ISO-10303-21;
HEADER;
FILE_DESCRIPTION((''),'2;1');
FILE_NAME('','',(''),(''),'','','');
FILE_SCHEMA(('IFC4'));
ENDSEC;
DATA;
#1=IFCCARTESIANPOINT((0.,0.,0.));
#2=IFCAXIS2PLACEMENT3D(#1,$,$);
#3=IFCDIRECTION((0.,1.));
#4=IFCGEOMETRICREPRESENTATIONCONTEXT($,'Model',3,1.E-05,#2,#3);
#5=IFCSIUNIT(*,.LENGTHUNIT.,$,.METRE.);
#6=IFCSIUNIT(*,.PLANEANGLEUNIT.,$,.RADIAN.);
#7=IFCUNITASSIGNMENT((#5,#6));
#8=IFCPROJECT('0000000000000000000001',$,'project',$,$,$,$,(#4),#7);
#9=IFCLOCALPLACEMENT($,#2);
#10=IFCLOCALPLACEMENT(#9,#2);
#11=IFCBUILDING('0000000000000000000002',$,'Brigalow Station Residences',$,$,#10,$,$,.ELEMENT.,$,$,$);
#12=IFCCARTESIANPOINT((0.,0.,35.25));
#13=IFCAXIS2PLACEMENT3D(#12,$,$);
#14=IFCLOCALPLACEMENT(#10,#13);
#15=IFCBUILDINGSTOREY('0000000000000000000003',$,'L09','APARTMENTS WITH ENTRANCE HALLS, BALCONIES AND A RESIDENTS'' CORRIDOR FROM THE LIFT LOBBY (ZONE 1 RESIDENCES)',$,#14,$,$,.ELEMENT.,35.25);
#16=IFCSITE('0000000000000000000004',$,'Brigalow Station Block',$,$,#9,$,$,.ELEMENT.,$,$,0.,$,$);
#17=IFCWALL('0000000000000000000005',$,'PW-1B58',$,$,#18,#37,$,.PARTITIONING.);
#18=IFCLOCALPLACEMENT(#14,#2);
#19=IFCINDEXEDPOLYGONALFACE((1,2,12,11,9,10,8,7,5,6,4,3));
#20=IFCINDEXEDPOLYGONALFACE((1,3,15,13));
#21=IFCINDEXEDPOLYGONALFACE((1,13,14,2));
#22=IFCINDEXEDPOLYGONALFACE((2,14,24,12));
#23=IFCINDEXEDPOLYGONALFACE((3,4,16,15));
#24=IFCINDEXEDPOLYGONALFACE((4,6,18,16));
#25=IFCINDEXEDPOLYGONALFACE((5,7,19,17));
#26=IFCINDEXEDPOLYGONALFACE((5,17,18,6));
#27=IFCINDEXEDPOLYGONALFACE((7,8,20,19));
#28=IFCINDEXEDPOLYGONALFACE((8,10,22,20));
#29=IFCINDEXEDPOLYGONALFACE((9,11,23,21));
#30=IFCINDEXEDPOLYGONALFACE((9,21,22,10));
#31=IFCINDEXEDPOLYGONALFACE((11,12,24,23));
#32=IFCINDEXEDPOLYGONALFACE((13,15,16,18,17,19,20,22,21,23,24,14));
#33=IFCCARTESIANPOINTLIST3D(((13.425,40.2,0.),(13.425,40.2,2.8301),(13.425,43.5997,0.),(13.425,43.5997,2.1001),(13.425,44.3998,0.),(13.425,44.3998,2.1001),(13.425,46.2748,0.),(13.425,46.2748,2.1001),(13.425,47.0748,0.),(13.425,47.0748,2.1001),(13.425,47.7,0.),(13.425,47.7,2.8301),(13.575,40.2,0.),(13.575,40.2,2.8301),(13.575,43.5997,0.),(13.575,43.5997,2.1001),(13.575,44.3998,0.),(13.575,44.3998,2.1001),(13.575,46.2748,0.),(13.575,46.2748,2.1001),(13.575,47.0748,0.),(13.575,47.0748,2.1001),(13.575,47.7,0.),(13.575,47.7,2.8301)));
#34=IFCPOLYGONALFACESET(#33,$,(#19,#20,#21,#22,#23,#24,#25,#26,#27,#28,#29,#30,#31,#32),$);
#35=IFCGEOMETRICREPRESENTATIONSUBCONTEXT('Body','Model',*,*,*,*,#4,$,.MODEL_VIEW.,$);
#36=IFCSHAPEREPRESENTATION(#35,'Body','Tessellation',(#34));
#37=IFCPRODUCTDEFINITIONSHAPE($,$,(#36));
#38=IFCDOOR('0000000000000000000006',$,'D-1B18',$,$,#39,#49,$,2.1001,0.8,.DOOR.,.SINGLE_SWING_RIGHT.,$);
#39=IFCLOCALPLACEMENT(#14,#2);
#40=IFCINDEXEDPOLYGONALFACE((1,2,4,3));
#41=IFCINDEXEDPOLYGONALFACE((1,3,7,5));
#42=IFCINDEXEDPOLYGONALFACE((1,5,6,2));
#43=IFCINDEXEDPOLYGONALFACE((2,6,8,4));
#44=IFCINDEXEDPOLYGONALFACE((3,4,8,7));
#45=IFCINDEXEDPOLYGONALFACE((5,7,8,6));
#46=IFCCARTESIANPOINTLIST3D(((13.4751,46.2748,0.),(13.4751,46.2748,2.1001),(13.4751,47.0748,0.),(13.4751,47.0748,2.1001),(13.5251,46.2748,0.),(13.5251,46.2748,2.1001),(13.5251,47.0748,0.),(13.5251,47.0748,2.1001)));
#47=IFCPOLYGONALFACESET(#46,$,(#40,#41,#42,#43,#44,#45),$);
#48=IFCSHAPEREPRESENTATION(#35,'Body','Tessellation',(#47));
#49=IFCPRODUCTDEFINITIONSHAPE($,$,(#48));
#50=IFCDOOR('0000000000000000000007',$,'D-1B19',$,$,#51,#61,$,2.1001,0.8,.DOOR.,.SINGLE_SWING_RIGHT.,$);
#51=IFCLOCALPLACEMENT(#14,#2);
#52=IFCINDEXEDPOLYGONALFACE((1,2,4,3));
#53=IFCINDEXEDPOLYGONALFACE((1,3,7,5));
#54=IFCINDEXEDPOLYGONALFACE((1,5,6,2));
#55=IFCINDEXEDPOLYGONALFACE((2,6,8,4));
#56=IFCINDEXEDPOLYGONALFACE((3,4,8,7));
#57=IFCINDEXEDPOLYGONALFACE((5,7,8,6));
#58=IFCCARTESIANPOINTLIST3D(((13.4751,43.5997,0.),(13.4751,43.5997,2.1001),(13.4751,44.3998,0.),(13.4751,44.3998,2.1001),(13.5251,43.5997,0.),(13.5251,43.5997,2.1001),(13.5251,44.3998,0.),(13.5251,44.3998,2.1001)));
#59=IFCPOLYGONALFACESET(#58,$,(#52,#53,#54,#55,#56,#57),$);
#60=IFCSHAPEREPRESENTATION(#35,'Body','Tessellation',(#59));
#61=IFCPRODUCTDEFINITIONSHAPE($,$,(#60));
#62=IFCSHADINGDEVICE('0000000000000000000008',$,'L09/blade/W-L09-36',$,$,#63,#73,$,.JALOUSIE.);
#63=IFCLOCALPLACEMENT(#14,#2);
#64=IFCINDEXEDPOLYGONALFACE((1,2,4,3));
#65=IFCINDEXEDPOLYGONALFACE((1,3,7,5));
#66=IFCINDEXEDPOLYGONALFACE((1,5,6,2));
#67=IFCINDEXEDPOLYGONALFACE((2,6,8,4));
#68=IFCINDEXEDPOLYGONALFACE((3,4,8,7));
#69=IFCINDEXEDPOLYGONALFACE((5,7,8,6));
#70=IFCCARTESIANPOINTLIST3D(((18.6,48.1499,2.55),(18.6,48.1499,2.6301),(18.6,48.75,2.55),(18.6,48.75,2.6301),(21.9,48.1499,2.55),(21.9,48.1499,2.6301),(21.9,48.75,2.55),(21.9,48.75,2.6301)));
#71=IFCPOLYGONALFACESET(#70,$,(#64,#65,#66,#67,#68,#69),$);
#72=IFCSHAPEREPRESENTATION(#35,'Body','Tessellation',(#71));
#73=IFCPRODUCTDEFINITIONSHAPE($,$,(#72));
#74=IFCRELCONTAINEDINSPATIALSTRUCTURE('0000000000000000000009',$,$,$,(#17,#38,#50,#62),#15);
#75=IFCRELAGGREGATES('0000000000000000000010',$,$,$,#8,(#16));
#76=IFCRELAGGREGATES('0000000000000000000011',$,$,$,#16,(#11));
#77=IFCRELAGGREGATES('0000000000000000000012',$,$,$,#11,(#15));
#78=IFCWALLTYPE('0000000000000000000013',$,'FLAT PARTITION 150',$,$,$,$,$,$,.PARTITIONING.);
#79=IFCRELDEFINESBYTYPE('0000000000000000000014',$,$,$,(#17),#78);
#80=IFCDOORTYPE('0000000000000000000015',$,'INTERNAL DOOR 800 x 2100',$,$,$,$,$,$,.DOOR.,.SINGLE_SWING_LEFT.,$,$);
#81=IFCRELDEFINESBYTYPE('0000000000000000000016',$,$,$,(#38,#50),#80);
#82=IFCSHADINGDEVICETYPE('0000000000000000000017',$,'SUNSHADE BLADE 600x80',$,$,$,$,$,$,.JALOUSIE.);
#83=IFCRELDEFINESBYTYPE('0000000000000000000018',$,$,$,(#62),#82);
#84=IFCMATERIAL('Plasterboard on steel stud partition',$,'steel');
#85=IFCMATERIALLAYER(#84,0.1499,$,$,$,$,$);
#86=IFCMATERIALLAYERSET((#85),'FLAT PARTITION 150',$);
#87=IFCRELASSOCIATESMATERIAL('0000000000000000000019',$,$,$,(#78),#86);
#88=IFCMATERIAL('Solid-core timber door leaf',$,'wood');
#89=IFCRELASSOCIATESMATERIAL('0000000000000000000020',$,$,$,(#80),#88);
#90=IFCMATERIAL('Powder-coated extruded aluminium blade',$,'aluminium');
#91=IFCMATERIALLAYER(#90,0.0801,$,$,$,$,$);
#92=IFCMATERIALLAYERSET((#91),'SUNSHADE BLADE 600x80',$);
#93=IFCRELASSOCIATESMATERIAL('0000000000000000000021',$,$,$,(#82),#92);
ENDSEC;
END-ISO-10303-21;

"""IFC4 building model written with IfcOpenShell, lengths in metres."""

from ifc_helpers import new_model, si_unit, direction, frame, frame_2d, origin, origin_2d, place, context, subcontext, project, spatial, rectangle, extrude, material, layer, layer_set, type_object, element, fill, save


model = new_model("IFC4")

# Units and contexts
model_context = context("Model", 3, precision=1e-05, world=origin(), true_north=direction((0.0, 1.0)))
body_context = subcontext(model_context, "Body", "Model", "MODEL_VIEW")
ifc_project = project(units=[si_unit("LENGTHUNIT", "METRE"), si_unit("PLANEANGLEUNIT", "RADIAN")], contexts=[model_context])

# Site, building, storey
site_placement = place(None, origin())
site = spatial("IfcSite", under=ifc_project, at=site_placement, Name="Brigalow Station Block", CompositionType="ELEMENT", RefElevation=0.0)
building_placement = place(site_placement, origin())
building = spatial("IfcBuilding", under=site, at=building_placement, Name="Brigalow Station Residences", CompositionType="ELEMENT")
storey_placement = place(building_placement, frame((0.0, 0.0, 35.25)))
storey = spatial("IfcBuildingStorey", under=building, at=storey_placement, Name="L09", Description="APARTMENTS WITH ENTRANCE HALLS, BALCONIES AND A RESIDENTS' CORRIDOR FROM THE LIFT LOBBY (ZONE 1 RESIDENCES)", CompositionType="ELEMENT", Elevation=35.25)

# Shared definitions
ifc_material_1 = material(Name="Plasterboard on steel stud partition", Category="steel")
ifc_layer_1 = layer(ifc_material_1, 0.1499)
ifc_layer_set_1 = layer_set([ifc_layer_1], Name="FLAT PARTITION 150")
wall_type_1 = type_object("IfcWallType", Name="FLAT PARTITION 150", PredefinedType="PARTITIONING", material=ifc_layer_set_1)

# Wall, openings, doors
wall_1_placement = place(storey_placement, frame((13.5, 40.2, 0.0), z_axis=(0.0, 0.0, 1.0), x_axis=(0.0, 1.0, 0.0)))
wall_1 = element("IfcWall", 1, at=wall_1_placement, inside=storey, type_object=wall_type_1, Name="PW-1B58", PredefinedType="PARTITIONING", context=body_context, shape_type="SweptSolid", body=[
    extrude(rectangle(XDim=7.5, YDim=0.1499, at=frame_2d((3.75, 0.0))), origin(), (0.0, 0.0, 1.0), 2.8301),
])
opening_1_placement = place(wall_1_placement, frame((6.075, 0.0, 0.0)))
opening_1 = element("IfcOpeningElement", 2, at=opening_1_placement, cuts=wall_1, PredefinedType="OPENING", context=body_context, shape_type="SweptSolid", body=[
    extrude(rectangle(XDim=0.8, YDim=2.1001, at=frame_2d((0.3999, 1.05))), frame((0.0, 0.085, 0.0), z_axis=(0.0, -1.0, 0.0), x_axis=(1.0, 0.0, 0.0)), (0.0, 0.0, 1.0), 0.1699),
])
opening_2_placement = place(wall_1_placement, frame((3.3999, 0.0, 0.0)))
opening_2 = element("IfcOpeningElement", 3, at=opening_2_placement, cuts=wall_1, PredefinedType="OPENING", context=body_context, shape_type="SweptSolid", body=[
    extrude(rectangle(XDim=0.8, YDim=2.1001, at=frame_2d((0.3999, 1.05))), frame((0.0, 0.085, 0.0), z_axis=(0.0, -1.0, 0.0), x_axis=(1.0, 0.0, 0.0)), (0.0, 0.0, 1.0), 0.1699),
])
ifc_material_2 = material(Name="Solid-core timber door leaf", Category="wood")
door_type_1 = type_object("IfcDoorType", Name="INTERNAL DOOR 800 x 2100", OperationType="SINGLE_SWING_LEFT", PredefinedType="DOOR", material=ifc_material_2)
door_1_placement = place(opening_1_placement, origin())
door_1 = element("IfcDoor", 4, at=door_1_placement, inside=storey, type_object=door_type_1, Name="D-1B18", OperationType="SINGLE_SWING_RIGHT", OverallHeight=2.1001, OverallWidth=0.8, PredefinedType="DOOR", context=body_context, shape_type="SweptSolid", body=[
    extrude(rectangle(XDim=0.8, YDim=2.1001, at=frame_2d((0.3999, 1.05))), frame((0.0, 0.0249, 0.0), z_axis=(0.0, -1.0, 0.0), x_axis=(1.0, 0.0, 0.0)), (0.0, 0.0, 1.0), 0.05),
])
fill(opening_1, door_1)
door_2_placement = place(opening_2_placement, origin())
door_2 = element("IfcDoor", 5, at=door_2_placement, inside=storey, type_object=door_type_1, Name="D-1B19", OperationType="SINGLE_SWING_RIGHT", OverallHeight=2.1001, OverallWidth=0.8, PredefinedType="DOOR", context=body_context, shape_type="SweptSolid", body=[
    extrude(rectangle(XDim=0.8, YDim=2.1001, at=frame_2d((0.3999, 1.05))), frame((0.0, 0.0249, 0.0), z_axis=(0.0, -1.0, 0.0), x_axis=(1.0, 0.0, 0.0)), (0.0, 0.0, 1.0), 0.05),
])
fill(opening_2, door_2)

# Shading device
ifc_material_3 = material(Name="Powder-coated extruded aluminium blade", Category="aluminium")
ifc_layer_2 = layer(ifc_material_3, 0.0801)
ifc_layer_set_2 = layer_set([ifc_layer_2], Name="SUNSHADE BLADE 600x80")
shading_device_type = type_object("IfcShadingDeviceType", Name="SUNSHADE BLADE 600x80", PredefinedType="JALOUSIE", material=ifc_layer_set_2)
shading_device_placement = place(storey_placement, frame((20.25, 48.45, 2.55), z_axis=(0.0, 0.0, 1.0), x_axis=(-1.0, 0.0, 0.0)))
element("IfcShadingDevice", 6, at=shading_device_placement, inside=storey, type_object=shading_device_type, Name="L09/blade/W-L09-36", PredefinedType="JALOUSIE", context=body_context, shape_type="SweptSolid", body=[
    extrude(rectangle(XDim=3.3, YDim=0.6001, at=origin_2d()), origin(), (0.0, 0.0, 1.0), 0.0801),
])

save(model, "model.ifc")
